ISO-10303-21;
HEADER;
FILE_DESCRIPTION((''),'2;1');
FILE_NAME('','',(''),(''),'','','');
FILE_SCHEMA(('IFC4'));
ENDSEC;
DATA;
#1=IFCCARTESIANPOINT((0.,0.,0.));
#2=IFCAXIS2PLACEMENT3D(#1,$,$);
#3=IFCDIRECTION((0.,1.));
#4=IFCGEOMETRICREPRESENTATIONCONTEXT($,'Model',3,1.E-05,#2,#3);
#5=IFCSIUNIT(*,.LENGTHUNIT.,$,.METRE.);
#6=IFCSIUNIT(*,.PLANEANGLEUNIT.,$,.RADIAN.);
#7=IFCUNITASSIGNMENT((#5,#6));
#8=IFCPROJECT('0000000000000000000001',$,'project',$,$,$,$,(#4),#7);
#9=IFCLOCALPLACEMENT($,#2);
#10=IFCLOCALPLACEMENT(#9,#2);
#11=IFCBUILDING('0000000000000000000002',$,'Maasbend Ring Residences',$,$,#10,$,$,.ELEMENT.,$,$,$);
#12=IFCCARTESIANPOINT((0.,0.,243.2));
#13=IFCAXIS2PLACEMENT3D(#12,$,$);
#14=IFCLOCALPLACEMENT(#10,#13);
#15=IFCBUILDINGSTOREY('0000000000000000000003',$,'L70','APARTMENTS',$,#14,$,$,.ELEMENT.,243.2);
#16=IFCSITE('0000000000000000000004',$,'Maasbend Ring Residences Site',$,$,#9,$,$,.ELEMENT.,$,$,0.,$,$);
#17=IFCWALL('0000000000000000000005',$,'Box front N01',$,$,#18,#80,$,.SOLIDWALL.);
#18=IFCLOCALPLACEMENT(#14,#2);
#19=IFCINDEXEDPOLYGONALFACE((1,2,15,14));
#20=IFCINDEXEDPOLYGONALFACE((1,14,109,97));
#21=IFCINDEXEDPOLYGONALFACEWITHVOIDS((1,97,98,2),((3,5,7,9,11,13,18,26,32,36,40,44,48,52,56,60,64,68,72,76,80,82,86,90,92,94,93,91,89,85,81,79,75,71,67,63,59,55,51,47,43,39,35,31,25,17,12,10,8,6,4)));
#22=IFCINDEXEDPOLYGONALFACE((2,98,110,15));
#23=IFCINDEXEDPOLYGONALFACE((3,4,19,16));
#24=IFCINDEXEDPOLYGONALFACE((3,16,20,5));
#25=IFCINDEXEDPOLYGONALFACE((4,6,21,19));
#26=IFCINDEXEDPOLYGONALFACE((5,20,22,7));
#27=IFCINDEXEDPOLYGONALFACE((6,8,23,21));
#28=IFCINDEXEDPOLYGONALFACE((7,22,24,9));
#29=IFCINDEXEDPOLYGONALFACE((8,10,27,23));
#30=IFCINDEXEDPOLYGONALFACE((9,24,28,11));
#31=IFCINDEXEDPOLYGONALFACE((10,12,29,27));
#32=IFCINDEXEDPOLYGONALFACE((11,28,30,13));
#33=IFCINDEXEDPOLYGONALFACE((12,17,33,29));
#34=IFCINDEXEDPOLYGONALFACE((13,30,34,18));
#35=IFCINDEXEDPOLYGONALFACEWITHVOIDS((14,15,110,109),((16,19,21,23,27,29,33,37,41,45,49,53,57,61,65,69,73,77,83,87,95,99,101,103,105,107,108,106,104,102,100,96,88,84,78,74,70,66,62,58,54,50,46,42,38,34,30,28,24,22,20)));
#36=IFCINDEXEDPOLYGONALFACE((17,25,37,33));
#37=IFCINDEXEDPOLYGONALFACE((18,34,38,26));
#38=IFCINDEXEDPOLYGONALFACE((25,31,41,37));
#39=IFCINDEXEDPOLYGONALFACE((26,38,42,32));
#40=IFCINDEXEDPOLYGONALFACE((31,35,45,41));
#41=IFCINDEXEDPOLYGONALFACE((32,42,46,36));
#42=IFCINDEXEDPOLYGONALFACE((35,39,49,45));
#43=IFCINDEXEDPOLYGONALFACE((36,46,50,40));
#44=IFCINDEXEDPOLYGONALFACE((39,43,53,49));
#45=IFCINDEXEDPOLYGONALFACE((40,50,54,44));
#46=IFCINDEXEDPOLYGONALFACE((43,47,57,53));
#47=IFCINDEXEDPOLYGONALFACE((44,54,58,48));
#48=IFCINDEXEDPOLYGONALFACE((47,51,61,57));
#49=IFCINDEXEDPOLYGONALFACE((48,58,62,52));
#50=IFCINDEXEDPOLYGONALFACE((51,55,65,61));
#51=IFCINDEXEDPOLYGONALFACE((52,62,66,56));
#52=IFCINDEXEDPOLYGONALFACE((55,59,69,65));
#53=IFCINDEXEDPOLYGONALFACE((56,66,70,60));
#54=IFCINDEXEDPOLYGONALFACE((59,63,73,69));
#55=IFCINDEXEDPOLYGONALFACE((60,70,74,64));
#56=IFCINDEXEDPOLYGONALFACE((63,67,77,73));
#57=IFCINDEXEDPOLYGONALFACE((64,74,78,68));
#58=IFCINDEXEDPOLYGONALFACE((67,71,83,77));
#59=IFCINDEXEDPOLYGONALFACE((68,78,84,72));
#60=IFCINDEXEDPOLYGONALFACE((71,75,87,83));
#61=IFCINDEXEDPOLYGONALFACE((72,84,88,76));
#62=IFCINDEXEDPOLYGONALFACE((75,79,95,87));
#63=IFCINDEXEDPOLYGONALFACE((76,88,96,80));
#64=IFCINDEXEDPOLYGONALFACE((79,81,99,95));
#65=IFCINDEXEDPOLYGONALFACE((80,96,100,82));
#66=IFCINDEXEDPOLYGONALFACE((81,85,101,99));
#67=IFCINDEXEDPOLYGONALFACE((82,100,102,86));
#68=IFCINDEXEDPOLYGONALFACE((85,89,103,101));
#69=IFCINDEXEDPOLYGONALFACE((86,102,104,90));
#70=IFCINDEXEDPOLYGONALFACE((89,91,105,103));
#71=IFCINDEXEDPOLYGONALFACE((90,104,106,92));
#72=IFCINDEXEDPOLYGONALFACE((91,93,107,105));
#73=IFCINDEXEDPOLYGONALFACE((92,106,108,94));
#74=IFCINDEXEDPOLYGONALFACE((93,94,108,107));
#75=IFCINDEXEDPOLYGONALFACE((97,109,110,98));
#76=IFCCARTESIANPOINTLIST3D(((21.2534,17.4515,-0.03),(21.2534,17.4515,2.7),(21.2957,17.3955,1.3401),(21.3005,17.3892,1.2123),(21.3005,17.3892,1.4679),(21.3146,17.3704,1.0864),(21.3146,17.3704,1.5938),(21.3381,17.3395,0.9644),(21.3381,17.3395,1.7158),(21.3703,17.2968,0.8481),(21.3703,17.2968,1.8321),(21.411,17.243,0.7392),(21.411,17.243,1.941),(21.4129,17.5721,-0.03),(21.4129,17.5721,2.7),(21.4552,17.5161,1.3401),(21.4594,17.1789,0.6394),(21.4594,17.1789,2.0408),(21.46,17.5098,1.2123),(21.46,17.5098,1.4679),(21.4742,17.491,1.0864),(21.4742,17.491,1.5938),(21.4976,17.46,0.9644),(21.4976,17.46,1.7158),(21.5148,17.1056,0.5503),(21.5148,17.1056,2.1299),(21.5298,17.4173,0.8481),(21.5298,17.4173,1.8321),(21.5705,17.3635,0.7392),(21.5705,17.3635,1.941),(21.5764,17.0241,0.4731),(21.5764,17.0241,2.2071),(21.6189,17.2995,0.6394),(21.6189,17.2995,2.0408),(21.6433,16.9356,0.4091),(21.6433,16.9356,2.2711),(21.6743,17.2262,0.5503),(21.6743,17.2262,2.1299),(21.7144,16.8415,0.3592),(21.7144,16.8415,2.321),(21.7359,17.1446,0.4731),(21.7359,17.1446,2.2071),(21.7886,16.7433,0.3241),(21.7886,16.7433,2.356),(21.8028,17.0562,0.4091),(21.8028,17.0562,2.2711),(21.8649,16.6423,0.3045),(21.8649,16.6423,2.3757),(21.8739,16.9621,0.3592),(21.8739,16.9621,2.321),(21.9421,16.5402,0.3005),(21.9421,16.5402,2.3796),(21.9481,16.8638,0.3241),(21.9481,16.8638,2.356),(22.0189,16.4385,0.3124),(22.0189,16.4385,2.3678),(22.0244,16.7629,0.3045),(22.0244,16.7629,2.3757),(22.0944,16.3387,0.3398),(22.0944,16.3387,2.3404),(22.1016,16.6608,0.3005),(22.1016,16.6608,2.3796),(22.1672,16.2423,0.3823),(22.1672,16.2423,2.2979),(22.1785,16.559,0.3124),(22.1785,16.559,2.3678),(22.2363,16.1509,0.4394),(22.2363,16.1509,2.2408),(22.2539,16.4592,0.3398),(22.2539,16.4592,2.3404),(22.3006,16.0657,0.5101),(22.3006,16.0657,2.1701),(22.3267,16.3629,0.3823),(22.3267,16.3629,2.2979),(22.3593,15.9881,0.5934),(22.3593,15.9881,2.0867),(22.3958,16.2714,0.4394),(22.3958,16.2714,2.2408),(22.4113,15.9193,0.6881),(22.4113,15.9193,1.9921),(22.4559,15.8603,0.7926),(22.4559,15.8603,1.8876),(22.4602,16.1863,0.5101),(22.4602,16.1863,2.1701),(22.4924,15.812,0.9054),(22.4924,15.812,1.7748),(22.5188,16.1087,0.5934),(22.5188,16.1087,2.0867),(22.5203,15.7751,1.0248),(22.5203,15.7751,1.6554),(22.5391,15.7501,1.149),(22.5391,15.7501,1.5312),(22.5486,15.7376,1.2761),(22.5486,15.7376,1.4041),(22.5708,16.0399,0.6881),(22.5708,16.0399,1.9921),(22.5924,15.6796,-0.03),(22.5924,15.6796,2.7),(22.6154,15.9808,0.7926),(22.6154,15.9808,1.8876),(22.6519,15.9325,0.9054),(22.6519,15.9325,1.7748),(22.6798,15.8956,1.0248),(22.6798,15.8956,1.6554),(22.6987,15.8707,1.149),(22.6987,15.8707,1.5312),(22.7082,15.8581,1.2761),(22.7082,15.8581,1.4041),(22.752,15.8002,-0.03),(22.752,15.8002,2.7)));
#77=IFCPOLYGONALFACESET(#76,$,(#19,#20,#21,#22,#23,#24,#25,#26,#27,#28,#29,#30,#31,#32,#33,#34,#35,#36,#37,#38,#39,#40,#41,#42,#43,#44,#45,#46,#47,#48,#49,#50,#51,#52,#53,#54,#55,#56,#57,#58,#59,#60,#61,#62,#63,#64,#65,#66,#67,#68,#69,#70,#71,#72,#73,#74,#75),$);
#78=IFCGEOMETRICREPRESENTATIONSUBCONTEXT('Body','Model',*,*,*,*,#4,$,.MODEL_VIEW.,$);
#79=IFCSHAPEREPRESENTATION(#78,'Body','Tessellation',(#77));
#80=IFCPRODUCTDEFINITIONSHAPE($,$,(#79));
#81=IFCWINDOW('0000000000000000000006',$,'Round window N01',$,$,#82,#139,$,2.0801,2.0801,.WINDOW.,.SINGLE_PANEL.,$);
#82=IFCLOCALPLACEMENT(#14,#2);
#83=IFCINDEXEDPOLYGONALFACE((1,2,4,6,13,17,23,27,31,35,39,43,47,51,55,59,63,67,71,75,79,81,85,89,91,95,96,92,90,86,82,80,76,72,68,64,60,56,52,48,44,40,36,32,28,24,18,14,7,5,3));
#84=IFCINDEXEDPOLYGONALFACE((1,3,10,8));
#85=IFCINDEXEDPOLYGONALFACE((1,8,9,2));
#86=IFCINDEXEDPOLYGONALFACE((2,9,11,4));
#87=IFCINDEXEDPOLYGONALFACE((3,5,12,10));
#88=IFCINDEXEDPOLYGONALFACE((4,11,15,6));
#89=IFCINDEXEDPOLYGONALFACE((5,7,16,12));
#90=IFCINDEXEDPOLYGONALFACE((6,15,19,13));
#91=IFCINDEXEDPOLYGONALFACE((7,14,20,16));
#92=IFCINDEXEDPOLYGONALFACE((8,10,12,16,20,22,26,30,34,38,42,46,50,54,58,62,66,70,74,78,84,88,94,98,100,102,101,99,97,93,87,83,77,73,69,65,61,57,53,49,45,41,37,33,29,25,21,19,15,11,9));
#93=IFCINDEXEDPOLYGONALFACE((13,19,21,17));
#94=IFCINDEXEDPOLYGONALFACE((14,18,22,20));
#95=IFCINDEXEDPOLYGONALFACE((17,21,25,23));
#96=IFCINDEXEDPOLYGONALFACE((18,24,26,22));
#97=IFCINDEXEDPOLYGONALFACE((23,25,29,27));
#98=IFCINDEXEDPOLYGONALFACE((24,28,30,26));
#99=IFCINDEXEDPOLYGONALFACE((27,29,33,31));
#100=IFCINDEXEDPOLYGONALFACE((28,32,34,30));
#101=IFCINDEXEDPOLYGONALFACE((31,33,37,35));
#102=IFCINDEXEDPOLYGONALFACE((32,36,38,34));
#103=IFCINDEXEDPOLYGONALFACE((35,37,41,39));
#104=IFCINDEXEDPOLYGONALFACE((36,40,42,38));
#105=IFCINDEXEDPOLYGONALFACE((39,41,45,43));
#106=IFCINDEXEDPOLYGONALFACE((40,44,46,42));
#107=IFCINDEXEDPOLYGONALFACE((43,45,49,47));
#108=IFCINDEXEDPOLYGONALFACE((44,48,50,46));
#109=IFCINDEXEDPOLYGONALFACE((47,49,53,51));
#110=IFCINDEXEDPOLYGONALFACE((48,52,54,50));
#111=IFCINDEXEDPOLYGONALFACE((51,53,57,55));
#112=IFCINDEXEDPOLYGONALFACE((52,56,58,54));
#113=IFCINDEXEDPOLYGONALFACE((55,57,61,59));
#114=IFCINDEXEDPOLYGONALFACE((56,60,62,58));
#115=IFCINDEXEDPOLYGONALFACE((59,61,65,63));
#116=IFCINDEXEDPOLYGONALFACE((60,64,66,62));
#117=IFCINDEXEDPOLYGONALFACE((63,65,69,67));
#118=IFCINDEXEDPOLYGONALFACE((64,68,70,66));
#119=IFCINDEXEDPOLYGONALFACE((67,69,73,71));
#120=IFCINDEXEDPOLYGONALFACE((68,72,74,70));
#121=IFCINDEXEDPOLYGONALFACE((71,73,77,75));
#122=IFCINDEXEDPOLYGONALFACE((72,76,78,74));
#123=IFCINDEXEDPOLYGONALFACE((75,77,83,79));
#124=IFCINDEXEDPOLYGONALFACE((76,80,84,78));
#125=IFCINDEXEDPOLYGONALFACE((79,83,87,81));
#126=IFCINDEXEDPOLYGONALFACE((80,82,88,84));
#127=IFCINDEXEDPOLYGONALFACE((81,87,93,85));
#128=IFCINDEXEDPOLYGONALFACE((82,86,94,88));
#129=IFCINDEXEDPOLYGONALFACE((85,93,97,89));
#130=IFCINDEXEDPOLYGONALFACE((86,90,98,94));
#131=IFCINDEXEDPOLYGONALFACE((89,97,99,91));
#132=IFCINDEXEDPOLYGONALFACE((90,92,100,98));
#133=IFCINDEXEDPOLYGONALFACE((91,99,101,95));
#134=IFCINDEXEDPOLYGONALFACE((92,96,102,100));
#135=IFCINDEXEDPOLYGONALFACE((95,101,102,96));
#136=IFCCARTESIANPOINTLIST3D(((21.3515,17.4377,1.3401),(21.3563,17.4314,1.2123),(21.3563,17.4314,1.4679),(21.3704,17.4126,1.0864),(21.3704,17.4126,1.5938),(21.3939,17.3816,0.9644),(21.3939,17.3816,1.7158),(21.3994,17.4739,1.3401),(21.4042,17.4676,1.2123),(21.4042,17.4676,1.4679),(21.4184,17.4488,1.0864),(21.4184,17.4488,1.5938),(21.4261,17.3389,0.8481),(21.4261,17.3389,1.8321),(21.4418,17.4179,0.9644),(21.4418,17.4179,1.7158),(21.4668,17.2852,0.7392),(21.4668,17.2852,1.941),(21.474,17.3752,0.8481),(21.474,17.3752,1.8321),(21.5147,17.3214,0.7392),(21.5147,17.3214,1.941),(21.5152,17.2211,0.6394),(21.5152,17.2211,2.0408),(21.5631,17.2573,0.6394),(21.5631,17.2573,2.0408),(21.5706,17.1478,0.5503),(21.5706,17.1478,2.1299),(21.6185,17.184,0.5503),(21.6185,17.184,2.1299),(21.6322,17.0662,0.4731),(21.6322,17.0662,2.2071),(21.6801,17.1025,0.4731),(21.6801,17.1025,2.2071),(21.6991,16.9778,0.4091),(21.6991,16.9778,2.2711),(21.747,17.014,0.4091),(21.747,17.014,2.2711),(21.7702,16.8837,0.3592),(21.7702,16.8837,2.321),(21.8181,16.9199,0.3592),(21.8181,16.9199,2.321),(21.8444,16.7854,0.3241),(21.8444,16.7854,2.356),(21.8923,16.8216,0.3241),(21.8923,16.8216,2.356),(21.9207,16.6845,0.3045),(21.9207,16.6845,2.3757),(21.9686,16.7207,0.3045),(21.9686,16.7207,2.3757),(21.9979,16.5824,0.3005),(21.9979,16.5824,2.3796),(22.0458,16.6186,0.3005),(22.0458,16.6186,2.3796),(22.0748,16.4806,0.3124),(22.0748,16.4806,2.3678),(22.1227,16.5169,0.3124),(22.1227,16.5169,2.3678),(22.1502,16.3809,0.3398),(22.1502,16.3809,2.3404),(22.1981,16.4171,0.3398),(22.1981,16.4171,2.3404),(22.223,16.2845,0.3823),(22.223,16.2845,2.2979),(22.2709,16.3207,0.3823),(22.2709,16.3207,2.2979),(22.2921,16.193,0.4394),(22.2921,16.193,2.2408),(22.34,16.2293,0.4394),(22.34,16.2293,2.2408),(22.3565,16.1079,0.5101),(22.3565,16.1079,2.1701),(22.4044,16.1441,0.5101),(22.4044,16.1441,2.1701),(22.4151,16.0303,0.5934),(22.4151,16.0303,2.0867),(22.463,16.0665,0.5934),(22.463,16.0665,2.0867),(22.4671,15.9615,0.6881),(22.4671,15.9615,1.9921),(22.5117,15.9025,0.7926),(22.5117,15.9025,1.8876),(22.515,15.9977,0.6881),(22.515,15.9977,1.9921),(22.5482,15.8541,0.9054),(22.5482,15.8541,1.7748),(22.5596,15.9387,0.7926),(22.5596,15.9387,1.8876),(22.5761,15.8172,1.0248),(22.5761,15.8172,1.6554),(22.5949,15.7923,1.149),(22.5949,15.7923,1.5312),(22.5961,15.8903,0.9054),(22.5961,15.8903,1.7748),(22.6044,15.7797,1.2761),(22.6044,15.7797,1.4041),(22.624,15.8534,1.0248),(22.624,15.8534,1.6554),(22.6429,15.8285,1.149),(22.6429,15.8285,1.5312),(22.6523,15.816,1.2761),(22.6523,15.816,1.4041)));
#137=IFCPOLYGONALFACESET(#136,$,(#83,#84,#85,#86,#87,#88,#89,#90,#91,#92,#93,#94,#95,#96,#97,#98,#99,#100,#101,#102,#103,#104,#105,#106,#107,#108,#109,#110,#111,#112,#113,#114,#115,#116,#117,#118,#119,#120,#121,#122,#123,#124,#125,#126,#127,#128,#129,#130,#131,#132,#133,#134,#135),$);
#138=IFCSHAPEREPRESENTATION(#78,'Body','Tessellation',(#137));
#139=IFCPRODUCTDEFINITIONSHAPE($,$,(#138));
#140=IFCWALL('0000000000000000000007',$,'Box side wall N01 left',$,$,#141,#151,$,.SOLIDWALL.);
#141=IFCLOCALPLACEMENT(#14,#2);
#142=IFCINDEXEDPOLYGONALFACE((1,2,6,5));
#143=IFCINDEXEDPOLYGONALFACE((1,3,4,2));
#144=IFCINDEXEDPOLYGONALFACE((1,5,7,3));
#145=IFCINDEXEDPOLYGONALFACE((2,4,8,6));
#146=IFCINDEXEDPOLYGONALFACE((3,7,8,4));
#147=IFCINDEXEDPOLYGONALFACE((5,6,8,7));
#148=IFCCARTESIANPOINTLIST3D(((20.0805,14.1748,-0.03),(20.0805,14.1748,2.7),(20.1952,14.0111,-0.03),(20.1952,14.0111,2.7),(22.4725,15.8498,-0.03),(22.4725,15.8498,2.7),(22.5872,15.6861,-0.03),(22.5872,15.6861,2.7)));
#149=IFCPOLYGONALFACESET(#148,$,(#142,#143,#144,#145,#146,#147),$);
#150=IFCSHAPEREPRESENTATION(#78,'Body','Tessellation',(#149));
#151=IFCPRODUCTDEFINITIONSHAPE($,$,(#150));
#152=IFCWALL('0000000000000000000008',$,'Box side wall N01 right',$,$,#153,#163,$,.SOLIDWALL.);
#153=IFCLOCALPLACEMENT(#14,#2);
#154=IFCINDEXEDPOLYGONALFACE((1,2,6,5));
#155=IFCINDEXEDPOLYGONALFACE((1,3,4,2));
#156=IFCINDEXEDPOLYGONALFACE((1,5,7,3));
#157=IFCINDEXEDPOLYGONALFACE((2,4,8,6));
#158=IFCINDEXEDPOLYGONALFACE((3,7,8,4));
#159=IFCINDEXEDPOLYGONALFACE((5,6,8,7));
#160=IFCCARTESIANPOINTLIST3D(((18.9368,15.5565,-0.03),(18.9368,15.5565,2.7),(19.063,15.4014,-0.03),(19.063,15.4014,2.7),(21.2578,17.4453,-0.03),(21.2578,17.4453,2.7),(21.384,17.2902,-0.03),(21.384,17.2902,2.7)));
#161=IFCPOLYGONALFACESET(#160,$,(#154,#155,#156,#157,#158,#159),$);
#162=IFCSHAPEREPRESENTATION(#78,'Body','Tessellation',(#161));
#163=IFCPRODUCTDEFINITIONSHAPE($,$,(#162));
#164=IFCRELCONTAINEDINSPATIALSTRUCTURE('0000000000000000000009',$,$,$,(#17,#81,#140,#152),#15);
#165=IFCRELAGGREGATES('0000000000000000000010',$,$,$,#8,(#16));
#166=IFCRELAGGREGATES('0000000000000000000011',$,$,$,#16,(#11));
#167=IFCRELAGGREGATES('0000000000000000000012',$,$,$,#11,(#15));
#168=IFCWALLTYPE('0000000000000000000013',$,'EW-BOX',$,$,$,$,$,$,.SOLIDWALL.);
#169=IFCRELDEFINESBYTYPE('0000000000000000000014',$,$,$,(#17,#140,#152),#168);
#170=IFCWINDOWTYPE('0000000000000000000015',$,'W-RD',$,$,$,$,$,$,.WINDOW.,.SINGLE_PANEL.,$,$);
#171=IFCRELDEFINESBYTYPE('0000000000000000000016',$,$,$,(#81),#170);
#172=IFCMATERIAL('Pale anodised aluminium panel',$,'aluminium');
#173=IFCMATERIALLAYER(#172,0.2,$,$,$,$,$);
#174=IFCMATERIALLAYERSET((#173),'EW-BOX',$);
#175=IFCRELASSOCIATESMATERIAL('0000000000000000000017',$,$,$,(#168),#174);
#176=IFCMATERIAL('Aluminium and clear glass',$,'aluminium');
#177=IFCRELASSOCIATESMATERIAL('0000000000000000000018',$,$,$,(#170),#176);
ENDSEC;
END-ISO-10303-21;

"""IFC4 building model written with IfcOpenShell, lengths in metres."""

from ifc_helpers import new_model, si_unit, direction, frame, frame_2d, origin, place, context, subcontext, project, spatial, rectangle, circle, extrude, material, layer, layer_set, type_object, element, fill, save


model = new_model("IFC4")

# Units and contexts
model_context = context("Model", 3, precision=1e-05, world=origin(), true_north=direction((0.0, 1.0)))
body_context = subcontext(model_context, "Body", "Model", "MODEL_VIEW")
ifc_project = project(units=[si_unit("LENGTHUNIT", "METRE"), si_unit("PLANEANGLEUNIT", "RADIAN")], contexts=[model_context])

# Site, building, storey
site_placement = place(None, origin())
site = spatial("IfcSite", under=ifc_project, at=site_placement, Name="Maasbend Ring Residences Site", CompositionType="ELEMENT", RefElevation=0.0)
building_placement = place(site_placement, origin())
building = spatial("IfcBuilding", under=site, at=building_placement, Name="Maasbend Ring Residences", CompositionType="ELEMENT")
storey_placement = place(building_placement, frame((0.0, 0.0, 243.2)))
storey = spatial("IfcBuildingStorey", under=building, at=storey_placement, Name="L70", Description="APARTMENTS", CompositionType="ELEMENT", Elevation=243.2)

# Wall, opening, window
ifc_material_1 = material(Name="Pale anodised aluminium panel", Category="aluminium")
ifc_layer_1 = layer(ifc_material_1, 0.2)
ifc_layer_set_1 = layer_set([ifc_layer_1], Name="EW-BOX")
wall_type_1 = type_object("IfcWallType", Name="EW-BOX", PredefinedType="SOLIDWALL", material=ifc_layer_set_1)
wall_1_placement = place(storey_placement, frame((22.6721, 15.74, -0.03), z_axis=(0.0, 0.0, 1.0), x_axis=(-0.602916, 0.797805, 0.0)))
wall_1 = element("IfcWall", 1, at=wall_1_placement, inside=storey, type_object=wall_type_1, Name="Box front N01", PredefinedType="SOLIDWALL", context=body_context, shape_type="SweptSolid", body=[
    extrude(rectangle(XDim=2.2209, YDim=0.2, at=frame_2d((1.1104, 0.0))), origin(), (0.0, 0.0, 1.0), 2.73),
])
opening_1_placement = place(wall_1_placement, frame((0.0706, 0.0, 0.3301)))
opening_1 = element("IfcOpeningElement", 2, at=opening_1_placement, cuts=wall_1, PredefinedType="OPENING", context=body_context, shape_type="SweptSolid", body=[
    extrude(circle(Radius=1.04, at=frame_2d((1.04, 1.04))), frame((0.0, 0.1099, 0.0), z_axis=(0.0, -1.0, 0.0), x_axis=(1.0, 0.0, 0.0)), (0.0, 0.0, 1.0), 0.22),
])
ifc_material_2 = material(Name="Aluminium and clear glass", Category="aluminium")
window_type_1 = type_object("IfcWindowType", Name="W-RD", PartitioningType="SINGLE_PANEL", PredefinedType="WINDOW", material=ifc_material_2)
window_1_placement = place(opening_1_placement, origin())
window_1 = element("IfcWindow", 3, at=window_1_placement, inside=storey, type_object=window_type_1, Name="Round window N01", OverallHeight=2.0801, OverallWidth=2.0801, PartitioningType="SINGLE_PANEL", PredefinedType="WINDOW", context=body_context, shape_type="SweptSolid", body=[
    extrude(circle(Radius=1.04, at=frame_2d((1.04, 1.04))), frame((0.0, 0.03, 0.0), z_axis=(0.0, -1.0, 0.0), x_axis=(1.0, 0.0, 0.0)), (0.0, 0.0, 1.0), 0.0601),
])
fill(opening_1, window_1)

# Walls
wall_2_placement = place(storey_placement, frame((20.1379, 14.093, -0.03), z_axis=(0.0, 0.0, 1.0), x_axis=(0.819138, 0.573597, 0.0)))
element("IfcWall", 4, at=wall_2_placement, inside=storey, type_object=wall_type_1, Name="Box side wall N01 left", PredefinedType="SOLIDWALL", context=body_context, shape_type="SweptSolid", body=[
    extrude(rectangle(XDim=2.9202, YDim=0.2, at=frame_2d((1.46, 0.0))), origin(), (0.0, 0.0, 1.0), 2.73),
])
wall_3_placement = place(storey_placement, frame((19.0, 15.479, -0.03), z_axis=(0.0, 0.0, 1.0), x_axis=(0.775612, 0.63121, 0.0)))
element("IfcWall", 5, at=wall_3_placement, inside=storey, type_object=wall_type_1, Name="Box side wall N01 right", PredefinedType="SOLIDWALL", context=body_context, shape_type="SweptSolid", body=[
    extrude(rectangle(XDim=2.9924, YDim=0.2, at=frame_2d((1.4961, 0.0))), origin(), (0.0, 0.0, 1.0), 2.73),
])

save(model, "model.ifc")
